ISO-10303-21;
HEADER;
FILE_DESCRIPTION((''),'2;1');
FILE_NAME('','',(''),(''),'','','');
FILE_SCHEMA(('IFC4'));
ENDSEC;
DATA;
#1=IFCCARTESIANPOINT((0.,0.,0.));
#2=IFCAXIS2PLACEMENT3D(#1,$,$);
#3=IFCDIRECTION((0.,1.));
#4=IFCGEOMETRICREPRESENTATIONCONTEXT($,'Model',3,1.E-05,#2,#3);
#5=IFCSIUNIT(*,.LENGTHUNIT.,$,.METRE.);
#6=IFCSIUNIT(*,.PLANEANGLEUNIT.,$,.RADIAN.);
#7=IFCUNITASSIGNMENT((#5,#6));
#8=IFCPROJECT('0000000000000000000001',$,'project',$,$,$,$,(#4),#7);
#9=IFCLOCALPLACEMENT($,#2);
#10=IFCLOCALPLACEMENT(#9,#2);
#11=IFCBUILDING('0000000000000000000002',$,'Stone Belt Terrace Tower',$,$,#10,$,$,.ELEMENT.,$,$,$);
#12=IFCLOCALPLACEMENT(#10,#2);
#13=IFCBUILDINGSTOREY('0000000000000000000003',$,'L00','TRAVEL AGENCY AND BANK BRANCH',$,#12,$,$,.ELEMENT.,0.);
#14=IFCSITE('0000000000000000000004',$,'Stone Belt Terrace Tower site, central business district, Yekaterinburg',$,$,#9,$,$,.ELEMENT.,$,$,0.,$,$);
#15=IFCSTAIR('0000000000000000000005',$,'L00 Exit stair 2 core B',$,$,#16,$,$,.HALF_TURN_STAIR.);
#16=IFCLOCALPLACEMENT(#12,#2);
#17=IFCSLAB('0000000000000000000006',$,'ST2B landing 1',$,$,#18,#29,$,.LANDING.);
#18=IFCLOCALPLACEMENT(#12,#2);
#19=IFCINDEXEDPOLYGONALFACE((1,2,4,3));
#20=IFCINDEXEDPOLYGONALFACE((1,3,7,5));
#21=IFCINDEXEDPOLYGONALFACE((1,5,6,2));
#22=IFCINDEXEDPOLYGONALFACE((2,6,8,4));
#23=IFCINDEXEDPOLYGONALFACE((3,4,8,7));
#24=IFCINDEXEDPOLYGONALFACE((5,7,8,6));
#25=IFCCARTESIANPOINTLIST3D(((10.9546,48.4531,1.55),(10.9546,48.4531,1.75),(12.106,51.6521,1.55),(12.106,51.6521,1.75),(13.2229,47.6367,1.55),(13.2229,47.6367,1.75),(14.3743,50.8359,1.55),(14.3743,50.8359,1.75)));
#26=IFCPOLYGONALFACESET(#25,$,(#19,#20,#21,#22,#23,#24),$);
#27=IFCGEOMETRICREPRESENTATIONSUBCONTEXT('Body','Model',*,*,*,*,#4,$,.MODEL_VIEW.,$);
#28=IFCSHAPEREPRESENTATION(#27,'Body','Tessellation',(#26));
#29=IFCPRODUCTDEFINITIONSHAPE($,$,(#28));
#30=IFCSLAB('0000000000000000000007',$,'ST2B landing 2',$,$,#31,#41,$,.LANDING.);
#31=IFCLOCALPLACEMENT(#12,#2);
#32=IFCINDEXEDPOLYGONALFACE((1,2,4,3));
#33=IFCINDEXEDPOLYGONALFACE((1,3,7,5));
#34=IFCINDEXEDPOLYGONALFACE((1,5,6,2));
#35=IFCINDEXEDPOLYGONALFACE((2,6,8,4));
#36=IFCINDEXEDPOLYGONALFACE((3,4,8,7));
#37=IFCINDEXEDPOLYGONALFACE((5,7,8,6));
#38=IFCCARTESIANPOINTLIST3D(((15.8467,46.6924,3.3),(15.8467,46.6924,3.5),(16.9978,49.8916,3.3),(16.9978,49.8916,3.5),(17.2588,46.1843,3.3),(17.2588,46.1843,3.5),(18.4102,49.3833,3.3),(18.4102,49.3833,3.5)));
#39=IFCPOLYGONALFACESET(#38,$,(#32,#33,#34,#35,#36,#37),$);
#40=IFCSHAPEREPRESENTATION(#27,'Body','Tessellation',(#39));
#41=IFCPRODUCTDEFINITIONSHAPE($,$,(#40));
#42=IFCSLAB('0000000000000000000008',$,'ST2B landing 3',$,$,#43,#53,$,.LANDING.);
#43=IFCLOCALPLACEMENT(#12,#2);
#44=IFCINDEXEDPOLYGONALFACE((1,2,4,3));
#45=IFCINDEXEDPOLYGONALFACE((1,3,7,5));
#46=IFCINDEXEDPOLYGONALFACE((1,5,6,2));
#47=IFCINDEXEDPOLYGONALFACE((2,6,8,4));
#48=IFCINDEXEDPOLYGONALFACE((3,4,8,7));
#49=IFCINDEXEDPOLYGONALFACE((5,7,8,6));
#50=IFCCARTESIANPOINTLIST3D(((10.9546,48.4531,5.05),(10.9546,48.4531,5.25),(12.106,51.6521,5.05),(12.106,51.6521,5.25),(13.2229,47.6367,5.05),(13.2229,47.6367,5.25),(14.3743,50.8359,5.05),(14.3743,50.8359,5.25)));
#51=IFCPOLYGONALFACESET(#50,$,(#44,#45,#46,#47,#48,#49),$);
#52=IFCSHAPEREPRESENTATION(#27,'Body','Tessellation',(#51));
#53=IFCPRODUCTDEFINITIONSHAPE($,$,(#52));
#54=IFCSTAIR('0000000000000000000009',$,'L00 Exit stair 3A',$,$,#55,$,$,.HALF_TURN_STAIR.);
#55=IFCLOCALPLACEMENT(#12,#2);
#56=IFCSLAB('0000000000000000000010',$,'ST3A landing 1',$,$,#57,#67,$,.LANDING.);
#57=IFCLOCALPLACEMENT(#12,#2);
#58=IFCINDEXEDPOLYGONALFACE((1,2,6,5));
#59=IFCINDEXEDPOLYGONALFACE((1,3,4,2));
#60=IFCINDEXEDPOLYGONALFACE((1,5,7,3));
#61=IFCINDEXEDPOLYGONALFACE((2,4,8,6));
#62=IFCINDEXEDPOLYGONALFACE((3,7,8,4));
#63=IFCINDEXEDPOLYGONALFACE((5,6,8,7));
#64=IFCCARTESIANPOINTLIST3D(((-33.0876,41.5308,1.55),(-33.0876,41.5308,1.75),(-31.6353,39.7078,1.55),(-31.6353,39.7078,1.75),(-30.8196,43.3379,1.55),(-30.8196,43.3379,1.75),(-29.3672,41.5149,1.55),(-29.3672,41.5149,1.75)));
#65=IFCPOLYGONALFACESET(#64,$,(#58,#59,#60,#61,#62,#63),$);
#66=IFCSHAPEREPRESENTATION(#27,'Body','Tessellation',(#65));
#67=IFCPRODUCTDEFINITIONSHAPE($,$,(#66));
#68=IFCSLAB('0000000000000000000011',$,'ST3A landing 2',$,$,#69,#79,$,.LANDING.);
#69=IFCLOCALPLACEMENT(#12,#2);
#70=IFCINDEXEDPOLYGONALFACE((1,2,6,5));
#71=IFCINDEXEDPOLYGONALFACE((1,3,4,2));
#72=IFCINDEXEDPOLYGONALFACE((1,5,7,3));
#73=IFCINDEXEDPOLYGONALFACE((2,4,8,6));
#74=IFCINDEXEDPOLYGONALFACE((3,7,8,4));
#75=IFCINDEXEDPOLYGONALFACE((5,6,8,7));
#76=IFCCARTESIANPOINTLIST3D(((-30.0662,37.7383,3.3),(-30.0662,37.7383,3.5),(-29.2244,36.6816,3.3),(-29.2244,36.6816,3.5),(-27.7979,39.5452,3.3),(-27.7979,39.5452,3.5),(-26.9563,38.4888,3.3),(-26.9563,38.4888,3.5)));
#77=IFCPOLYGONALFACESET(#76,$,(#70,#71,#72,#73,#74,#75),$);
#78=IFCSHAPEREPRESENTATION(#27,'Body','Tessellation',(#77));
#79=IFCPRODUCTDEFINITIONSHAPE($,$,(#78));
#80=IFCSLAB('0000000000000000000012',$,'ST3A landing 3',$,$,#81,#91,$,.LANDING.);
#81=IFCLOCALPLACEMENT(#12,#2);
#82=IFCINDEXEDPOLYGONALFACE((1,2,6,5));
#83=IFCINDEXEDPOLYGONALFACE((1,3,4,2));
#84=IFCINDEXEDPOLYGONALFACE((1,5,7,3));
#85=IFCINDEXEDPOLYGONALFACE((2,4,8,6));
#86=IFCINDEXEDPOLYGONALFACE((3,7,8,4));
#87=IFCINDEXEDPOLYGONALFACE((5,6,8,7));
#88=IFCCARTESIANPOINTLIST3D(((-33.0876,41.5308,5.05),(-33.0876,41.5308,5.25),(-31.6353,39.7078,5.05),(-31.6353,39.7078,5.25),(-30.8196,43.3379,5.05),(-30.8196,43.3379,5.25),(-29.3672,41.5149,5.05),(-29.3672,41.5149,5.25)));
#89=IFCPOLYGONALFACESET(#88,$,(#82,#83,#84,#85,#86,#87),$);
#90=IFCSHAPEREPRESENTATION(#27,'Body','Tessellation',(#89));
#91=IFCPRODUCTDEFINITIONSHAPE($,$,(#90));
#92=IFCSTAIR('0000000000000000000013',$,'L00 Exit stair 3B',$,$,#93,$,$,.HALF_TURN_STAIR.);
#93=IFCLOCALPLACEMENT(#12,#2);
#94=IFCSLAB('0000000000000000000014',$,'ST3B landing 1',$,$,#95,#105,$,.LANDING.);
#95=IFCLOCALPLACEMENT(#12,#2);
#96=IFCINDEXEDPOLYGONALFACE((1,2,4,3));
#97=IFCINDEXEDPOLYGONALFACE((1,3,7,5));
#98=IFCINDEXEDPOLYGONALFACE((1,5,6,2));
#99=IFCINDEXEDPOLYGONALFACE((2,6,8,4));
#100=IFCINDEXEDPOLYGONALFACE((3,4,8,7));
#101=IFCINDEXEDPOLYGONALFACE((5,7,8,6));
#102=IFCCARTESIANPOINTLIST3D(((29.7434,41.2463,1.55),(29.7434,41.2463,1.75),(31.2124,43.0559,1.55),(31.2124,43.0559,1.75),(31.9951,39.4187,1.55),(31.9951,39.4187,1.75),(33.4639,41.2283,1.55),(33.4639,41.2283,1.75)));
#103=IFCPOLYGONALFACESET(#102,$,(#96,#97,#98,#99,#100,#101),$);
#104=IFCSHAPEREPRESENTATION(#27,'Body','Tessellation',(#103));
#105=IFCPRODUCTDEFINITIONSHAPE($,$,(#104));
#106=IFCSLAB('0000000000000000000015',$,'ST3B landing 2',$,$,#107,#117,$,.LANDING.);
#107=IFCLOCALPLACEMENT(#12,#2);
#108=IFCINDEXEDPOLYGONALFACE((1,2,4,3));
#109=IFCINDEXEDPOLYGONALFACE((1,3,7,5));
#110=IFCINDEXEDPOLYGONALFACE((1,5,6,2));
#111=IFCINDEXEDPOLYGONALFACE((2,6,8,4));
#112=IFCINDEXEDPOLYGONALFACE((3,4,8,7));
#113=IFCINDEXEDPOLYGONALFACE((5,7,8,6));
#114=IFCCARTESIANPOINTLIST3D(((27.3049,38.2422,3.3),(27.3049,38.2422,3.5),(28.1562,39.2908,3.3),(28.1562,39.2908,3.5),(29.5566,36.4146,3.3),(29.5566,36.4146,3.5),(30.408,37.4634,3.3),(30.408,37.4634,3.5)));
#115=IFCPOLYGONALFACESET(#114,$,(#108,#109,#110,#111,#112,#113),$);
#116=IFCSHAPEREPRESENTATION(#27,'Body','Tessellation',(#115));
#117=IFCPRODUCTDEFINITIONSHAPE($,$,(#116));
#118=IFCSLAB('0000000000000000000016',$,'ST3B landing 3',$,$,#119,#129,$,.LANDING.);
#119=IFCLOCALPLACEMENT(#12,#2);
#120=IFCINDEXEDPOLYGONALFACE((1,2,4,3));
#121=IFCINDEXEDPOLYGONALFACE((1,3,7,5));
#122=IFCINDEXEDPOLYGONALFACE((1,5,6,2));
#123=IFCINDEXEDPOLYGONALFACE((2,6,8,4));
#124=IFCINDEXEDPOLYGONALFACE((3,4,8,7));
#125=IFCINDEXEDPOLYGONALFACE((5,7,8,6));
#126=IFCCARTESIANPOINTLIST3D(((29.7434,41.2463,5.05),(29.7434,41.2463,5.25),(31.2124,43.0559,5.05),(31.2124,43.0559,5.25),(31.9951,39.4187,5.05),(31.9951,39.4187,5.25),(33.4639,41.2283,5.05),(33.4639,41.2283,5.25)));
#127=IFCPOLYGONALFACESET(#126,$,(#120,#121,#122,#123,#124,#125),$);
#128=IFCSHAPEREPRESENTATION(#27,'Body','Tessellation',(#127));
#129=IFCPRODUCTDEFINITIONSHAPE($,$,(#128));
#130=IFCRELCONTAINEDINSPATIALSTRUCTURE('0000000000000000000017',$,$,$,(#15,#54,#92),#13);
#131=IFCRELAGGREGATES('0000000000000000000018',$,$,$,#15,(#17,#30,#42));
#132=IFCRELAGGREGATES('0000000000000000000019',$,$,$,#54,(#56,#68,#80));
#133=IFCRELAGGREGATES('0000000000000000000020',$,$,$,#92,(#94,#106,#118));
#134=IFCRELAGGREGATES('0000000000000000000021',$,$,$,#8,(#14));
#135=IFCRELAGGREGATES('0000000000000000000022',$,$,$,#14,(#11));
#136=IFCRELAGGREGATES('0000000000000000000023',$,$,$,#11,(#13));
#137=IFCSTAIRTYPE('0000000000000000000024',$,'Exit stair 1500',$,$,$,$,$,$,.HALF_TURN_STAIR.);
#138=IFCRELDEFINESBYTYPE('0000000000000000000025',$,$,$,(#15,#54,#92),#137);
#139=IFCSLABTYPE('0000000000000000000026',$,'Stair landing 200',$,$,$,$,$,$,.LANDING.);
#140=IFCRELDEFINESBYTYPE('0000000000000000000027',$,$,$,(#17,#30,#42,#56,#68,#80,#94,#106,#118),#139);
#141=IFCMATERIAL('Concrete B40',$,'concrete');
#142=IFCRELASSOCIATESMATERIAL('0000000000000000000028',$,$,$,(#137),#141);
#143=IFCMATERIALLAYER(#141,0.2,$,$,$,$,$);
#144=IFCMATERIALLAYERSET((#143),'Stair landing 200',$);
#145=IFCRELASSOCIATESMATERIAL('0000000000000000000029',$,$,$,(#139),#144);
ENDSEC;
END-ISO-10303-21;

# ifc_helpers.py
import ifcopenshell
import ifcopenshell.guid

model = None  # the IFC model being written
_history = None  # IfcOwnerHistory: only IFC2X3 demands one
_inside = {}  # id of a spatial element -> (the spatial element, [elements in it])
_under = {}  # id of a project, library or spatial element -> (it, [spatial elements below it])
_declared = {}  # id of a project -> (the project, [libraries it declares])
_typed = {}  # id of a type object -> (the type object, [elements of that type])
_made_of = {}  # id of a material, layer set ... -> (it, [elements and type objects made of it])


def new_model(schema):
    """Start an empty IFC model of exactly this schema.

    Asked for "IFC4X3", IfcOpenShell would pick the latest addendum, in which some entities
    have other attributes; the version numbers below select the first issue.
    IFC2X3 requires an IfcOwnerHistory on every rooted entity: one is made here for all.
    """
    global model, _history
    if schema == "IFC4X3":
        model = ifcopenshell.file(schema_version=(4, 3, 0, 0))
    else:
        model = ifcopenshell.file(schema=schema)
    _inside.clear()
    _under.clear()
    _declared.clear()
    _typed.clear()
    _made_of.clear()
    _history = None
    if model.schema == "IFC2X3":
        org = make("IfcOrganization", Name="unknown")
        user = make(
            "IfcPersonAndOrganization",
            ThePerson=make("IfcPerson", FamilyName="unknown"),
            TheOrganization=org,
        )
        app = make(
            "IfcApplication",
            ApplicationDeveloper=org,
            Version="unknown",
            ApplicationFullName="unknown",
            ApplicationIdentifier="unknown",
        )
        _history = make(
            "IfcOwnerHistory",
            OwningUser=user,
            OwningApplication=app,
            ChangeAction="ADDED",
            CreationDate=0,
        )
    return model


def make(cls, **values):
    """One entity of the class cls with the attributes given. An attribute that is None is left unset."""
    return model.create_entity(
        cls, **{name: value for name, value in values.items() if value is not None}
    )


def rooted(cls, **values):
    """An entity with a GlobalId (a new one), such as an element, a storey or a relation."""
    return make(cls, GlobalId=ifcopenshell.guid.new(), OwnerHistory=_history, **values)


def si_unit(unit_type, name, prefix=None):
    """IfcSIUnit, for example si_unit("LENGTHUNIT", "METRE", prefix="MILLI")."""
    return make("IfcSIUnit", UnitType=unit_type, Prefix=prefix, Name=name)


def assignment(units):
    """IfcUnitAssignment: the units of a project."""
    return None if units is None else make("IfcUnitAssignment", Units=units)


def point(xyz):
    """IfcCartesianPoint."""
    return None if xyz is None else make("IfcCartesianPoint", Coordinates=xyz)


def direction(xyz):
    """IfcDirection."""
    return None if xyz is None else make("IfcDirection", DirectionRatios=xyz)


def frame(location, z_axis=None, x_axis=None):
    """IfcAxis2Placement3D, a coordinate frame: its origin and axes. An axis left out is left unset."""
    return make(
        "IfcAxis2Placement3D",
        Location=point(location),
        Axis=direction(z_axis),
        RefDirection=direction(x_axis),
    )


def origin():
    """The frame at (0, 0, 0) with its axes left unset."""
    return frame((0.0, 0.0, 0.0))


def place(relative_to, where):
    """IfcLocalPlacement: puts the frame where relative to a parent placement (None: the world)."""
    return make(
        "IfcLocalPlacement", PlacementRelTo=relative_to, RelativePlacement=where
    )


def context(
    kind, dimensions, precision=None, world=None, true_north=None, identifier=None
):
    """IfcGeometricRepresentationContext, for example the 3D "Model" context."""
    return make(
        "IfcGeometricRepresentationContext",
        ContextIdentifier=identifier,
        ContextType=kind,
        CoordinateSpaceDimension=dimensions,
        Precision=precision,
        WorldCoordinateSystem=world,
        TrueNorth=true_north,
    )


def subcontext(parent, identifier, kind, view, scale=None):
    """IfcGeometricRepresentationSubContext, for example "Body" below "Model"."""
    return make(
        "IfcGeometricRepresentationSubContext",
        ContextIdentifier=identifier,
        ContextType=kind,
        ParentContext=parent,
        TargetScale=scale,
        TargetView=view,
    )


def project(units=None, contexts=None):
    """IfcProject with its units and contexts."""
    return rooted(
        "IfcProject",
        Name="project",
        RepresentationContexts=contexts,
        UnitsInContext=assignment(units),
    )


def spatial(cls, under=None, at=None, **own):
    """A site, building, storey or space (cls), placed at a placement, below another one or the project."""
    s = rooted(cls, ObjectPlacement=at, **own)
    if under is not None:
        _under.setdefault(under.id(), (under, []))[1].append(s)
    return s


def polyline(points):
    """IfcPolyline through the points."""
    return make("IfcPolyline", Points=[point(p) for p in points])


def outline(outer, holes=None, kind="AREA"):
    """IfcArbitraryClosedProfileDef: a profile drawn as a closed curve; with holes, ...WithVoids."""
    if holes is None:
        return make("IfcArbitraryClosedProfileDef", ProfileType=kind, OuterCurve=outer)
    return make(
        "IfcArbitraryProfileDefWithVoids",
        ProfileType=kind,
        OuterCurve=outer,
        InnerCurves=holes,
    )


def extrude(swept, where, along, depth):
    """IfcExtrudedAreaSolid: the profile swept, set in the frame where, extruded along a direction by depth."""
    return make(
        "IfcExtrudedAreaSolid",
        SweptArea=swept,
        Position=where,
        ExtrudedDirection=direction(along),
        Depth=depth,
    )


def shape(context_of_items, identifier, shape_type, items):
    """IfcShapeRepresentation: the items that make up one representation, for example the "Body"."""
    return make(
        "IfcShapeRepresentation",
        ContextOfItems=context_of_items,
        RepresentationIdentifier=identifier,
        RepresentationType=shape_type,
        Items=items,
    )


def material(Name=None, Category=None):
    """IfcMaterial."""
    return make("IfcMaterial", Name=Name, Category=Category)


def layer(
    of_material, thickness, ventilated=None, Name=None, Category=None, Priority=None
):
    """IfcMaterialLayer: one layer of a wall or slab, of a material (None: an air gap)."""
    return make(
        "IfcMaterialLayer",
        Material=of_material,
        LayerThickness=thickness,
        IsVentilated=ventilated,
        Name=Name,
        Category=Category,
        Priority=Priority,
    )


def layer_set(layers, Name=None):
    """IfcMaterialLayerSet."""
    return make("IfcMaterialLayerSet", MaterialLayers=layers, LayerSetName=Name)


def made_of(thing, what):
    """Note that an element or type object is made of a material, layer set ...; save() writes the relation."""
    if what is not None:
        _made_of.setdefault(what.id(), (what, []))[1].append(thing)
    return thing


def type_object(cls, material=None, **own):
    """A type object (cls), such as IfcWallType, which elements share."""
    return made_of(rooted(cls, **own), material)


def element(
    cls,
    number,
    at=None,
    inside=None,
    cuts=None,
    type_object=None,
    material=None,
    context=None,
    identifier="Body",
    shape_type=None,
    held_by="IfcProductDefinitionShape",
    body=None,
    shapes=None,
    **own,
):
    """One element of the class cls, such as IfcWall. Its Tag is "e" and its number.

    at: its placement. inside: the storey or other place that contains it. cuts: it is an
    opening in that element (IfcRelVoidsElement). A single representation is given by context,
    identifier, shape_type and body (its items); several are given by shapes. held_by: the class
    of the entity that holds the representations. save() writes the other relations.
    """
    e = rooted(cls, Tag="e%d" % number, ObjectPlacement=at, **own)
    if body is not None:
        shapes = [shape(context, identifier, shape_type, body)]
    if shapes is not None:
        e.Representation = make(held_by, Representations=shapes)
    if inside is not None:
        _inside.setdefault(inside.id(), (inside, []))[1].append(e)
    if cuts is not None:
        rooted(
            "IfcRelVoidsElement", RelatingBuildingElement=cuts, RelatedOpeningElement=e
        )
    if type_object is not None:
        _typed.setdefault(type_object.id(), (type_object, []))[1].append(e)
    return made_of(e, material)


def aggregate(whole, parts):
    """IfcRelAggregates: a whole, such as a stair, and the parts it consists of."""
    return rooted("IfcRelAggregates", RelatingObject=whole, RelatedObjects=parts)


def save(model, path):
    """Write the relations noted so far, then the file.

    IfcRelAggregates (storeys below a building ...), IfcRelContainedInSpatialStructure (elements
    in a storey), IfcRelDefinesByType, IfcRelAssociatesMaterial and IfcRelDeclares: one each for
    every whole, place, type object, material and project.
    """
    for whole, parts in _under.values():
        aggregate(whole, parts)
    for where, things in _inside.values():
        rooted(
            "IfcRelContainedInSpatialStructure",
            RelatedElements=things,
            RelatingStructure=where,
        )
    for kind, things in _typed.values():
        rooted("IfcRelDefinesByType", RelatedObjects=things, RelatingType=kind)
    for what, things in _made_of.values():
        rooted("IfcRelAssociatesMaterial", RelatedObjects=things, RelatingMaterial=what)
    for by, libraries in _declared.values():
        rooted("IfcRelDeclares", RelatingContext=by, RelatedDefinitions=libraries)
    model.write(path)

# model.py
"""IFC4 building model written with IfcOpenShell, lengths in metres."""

from ifc_helpers import new_model, si_unit, direction, frame, origin, place, context, subcontext, project, spatial, polyline, outline, extrude, material, layer, layer_set, type_object, element, aggregate, save


model = new_model("IFC4")

# Units and contexts
model_context = context("Model", 3, precision=1e-05, world=origin(), true_north=direction((0.0, 1.0)))
body_context = subcontext(model_context, "Body", "Model", "MODEL_VIEW")
ifc_project = project(units=[si_unit("LENGTHUNIT", "METRE"), si_unit("PLANEANGLEUNIT", "RADIAN")], contexts=[model_context])

# Site, building, storey
site_placement = place(None, origin())
site = spatial("IfcSite", under=ifc_project, at=site_placement, Name="Stone Belt Terrace Tower site, central business district, Yekaterinburg", CompositionType="ELEMENT", RefElevation=0.0)
building_placement = place(site_placement, origin())
building = spatial("IfcBuilding", under=site, at=building_placement, Name="Stone Belt Terrace Tower", CompositionType="ELEMENT")
storey_placement = place(building_placement, origin())
storey = spatial("IfcBuildingStorey", under=building, at=storey_placement, Name="L00", Description="TRAVEL AGENCY AND BANK BRANCH", CompositionType="ELEMENT", Elevation=0.0)

# Shared definitions
ifc_material_1 = material(Name="Concrete B40", Category="concrete")

# Stairs, slabs
stair_type = type_object("IfcStairType", Name="Exit stair 1500", PredefinedType="HALF_TURN_STAIR", material=ifc_material_1)
stair_1_placement = place(storey_placement, origin())
stair_1 = element("IfcStair", 1, at=stair_1_placement, inside=storey, type_object=stair_type, Name="L00 Exit stair 2 core B", PredefinedType="HALF_TURN_STAIR")
ifc_layer_1 = layer(ifc_material_1, 0.2)
ifc_layer_set_1 = layer_set([ifc_layer_1], Name="Stair landing 200")
slab_type_1 = type_object("IfcSlabType", Name="Stair landing 200", PredefinedType="LANDING", material=ifc_layer_set_1)
slab_1_placement = place(storey_placement, frame((0.0, 0.0, 1.55)))
slab_1 = element("IfcSlab", 2, at=slab_1_placement, type_object=slab_type_1, Name="ST2B landing 1", PredefinedType="LANDING", context=body_context, shape_type="SweptSolid", body=[
    extrude(outline(polyline([(14.3743, 50.8359), (12.106, 51.6521), (10.9546, 48.4531), (13.2229, 47.6367), (14.3743, 50.8359)])), origin(), (0.0, 0.0, 1.0), 0.2),
])
slab_2_placement = place(storey_placement, frame((0.0, 0.0, 3.3)))
slab_2 = element("IfcSlab", 3, at=slab_2_placement, type_object=slab_type_1, Name="ST2B landing 2", PredefinedType="LANDING", context=body_context, shape_type="SweptSolid", body=[
    extrude(outline(polyline([(18.4102, 49.3833), (16.9978, 49.8916), (15.8467, 46.6924), (17.2588, 46.1843), (18.4102, 49.3833)])), origin(), (0.0, 0.0, 1.0), 0.2),
])
slab_3_placement = place(storey_placement, frame((0.0, 0.0, 5.05)))
slab_3 = element("IfcSlab", 4, at=slab_3_placement, type_object=slab_type_1, Name="ST2B landing 3", PredefinedType="LANDING", context=body_context, shape_type="SweptSolid", body=[
    extrude(outline(polyline([(14.3743, 50.8359), (12.106, 51.6521), (10.9546, 48.4531), (13.2229, 47.6367), (14.3743, 50.8359)])), origin(), (0.0, 0.0, 1.0), 0.2),
])
aggregate(stair_1, [slab_1, slab_2, slab_3])
stair_2_placement = place(storey_placement, origin())
stair_2 = element("IfcStair", 5, at=stair_2_placement, inside=storey, type_object=stair_type, Name="L00 Exit stair 3A", PredefinedType="HALF_TURN_STAIR")
slab_4_placement = place(storey_placement, frame((0.0, 0.0, 1.55)))
slab_4 = element("IfcSlab", 6, at=slab_4_placement, type_object=slab_type_1, Name="ST3A landing 1", PredefinedType="LANDING", context=body_context, shape_type="SweptSolid", body=[
    extrude(outline(polyline([(-29.3672, 41.5149), (-30.8196, 43.3379), (-33.0876, 41.5308), (-31.6353, 39.7078), (-29.3672, 41.5149)])), origin(), (0.0, 0.0, 1.0), 0.2),
])
slab_5_placement = place(storey_placement, frame((0.0, 0.0, 3.3)))
slab_5 = element("IfcSlab", 7, at=slab_5_placement, type_object=slab_type_1, Name="ST3A landing 2", PredefinedType="LANDING", context=body_context, shape_type="SweptSolid", body=[
    extrude(outline(polyline([(-26.9563, 38.4888), (-27.7979, 39.5452), (-30.0662, 37.7383), (-29.2244, 36.6816), (-26.9563, 38.4888)])), origin(), (0.0, 0.0, 1.0), 0.2),
])
slab_6_placement = place(storey_placement, frame((0.0, 0.0, 5.05)))
slab_6 = element("IfcSlab", 8, at=slab_6_placement, type_object=slab_type_1, Name="ST3A landing 3", PredefinedType="LANDING", context=body_context, shape_type="SweptSolid", body=[
    extrude(outline(polyline([(-29.3672, 41.5149), (-30.8196, 43.3379), (-33.0876, 41.5308), (-31.6353, 39.7078), (-29.3672, 41.5149)])), origin(), (0.0, 0.0, 1.0), 0.2),
])
aggregate(stair_2, [slab_4, slab_5, slab_6])
stair_3_placement = place(storey_placement, origin())
stair_3 = element("IfcStair", 9, at=stair_3_placement, inside=storey, type_object=stair_type, Name="L00 Exit stair 3B", PredefinedType="HALF_TURN_STAIR")
slab_7_placement = place(storey_placement, frame((0.0, 0.0, 1.55)))
slab_7 = element("IfcSlab", 10, at=slab_7_placement, type_object=slab_type_1, Name="ST3B landing 1", PredefinedType="LANDING", context=body_context, shape_type="SweptSolid", body=[
    extrude(outline(polyline([(31.9951, 39.4187), (33.4639, 41.2283), (31.2124, 43.0559), (29.7434, 41.2463), (31.9951, 39.4187)])), origin(), (0.0, 0.0, 1.0), 0.2),
])
slab_8_placement = place(storey_placement, frame((0.0, 0.0, 3.3)))
slab_8 = element("IfcSlab", 11, at=slab_8_placement, type_object=slab_type_1, Name="ST3B landing 2", PredefinedType="LANDING", context=body_context, shape_type="SweptSolid", body=[
    extrude(outline(polyline([(29.5566, 36.4146), (30.408, 37.4634), (28.1562, 39.2908), (27.3049, 38.2422), (29.5566, 36.4146)])), origin(), (0.0, 0.0, 1.0), 0.2),
])
slab_9_placement = place(storey_placement, frame((0.0, 0.0, 5.05)))
slab_9 = element("IfcSlab", 12, at=slab_9_placement, type_object=slab_type_1, Name="ST3B landing 3", PredefinedType="LANDING", context=body_context, shape_type="SweptSolid", body=[
    extrude(outline(polyline([(31.9951, 39.4187), (33.4639, 41.2283), (31.2124, 43.0559), (29.7434, 41.2463), (31.9951, 39.4187)])), origin(), (0.0, 0.0, 1.0), 0.2),
])
aggregate(stair_3, [slab_7, slab_8, slab_9])

save(model, "model.ifc")
